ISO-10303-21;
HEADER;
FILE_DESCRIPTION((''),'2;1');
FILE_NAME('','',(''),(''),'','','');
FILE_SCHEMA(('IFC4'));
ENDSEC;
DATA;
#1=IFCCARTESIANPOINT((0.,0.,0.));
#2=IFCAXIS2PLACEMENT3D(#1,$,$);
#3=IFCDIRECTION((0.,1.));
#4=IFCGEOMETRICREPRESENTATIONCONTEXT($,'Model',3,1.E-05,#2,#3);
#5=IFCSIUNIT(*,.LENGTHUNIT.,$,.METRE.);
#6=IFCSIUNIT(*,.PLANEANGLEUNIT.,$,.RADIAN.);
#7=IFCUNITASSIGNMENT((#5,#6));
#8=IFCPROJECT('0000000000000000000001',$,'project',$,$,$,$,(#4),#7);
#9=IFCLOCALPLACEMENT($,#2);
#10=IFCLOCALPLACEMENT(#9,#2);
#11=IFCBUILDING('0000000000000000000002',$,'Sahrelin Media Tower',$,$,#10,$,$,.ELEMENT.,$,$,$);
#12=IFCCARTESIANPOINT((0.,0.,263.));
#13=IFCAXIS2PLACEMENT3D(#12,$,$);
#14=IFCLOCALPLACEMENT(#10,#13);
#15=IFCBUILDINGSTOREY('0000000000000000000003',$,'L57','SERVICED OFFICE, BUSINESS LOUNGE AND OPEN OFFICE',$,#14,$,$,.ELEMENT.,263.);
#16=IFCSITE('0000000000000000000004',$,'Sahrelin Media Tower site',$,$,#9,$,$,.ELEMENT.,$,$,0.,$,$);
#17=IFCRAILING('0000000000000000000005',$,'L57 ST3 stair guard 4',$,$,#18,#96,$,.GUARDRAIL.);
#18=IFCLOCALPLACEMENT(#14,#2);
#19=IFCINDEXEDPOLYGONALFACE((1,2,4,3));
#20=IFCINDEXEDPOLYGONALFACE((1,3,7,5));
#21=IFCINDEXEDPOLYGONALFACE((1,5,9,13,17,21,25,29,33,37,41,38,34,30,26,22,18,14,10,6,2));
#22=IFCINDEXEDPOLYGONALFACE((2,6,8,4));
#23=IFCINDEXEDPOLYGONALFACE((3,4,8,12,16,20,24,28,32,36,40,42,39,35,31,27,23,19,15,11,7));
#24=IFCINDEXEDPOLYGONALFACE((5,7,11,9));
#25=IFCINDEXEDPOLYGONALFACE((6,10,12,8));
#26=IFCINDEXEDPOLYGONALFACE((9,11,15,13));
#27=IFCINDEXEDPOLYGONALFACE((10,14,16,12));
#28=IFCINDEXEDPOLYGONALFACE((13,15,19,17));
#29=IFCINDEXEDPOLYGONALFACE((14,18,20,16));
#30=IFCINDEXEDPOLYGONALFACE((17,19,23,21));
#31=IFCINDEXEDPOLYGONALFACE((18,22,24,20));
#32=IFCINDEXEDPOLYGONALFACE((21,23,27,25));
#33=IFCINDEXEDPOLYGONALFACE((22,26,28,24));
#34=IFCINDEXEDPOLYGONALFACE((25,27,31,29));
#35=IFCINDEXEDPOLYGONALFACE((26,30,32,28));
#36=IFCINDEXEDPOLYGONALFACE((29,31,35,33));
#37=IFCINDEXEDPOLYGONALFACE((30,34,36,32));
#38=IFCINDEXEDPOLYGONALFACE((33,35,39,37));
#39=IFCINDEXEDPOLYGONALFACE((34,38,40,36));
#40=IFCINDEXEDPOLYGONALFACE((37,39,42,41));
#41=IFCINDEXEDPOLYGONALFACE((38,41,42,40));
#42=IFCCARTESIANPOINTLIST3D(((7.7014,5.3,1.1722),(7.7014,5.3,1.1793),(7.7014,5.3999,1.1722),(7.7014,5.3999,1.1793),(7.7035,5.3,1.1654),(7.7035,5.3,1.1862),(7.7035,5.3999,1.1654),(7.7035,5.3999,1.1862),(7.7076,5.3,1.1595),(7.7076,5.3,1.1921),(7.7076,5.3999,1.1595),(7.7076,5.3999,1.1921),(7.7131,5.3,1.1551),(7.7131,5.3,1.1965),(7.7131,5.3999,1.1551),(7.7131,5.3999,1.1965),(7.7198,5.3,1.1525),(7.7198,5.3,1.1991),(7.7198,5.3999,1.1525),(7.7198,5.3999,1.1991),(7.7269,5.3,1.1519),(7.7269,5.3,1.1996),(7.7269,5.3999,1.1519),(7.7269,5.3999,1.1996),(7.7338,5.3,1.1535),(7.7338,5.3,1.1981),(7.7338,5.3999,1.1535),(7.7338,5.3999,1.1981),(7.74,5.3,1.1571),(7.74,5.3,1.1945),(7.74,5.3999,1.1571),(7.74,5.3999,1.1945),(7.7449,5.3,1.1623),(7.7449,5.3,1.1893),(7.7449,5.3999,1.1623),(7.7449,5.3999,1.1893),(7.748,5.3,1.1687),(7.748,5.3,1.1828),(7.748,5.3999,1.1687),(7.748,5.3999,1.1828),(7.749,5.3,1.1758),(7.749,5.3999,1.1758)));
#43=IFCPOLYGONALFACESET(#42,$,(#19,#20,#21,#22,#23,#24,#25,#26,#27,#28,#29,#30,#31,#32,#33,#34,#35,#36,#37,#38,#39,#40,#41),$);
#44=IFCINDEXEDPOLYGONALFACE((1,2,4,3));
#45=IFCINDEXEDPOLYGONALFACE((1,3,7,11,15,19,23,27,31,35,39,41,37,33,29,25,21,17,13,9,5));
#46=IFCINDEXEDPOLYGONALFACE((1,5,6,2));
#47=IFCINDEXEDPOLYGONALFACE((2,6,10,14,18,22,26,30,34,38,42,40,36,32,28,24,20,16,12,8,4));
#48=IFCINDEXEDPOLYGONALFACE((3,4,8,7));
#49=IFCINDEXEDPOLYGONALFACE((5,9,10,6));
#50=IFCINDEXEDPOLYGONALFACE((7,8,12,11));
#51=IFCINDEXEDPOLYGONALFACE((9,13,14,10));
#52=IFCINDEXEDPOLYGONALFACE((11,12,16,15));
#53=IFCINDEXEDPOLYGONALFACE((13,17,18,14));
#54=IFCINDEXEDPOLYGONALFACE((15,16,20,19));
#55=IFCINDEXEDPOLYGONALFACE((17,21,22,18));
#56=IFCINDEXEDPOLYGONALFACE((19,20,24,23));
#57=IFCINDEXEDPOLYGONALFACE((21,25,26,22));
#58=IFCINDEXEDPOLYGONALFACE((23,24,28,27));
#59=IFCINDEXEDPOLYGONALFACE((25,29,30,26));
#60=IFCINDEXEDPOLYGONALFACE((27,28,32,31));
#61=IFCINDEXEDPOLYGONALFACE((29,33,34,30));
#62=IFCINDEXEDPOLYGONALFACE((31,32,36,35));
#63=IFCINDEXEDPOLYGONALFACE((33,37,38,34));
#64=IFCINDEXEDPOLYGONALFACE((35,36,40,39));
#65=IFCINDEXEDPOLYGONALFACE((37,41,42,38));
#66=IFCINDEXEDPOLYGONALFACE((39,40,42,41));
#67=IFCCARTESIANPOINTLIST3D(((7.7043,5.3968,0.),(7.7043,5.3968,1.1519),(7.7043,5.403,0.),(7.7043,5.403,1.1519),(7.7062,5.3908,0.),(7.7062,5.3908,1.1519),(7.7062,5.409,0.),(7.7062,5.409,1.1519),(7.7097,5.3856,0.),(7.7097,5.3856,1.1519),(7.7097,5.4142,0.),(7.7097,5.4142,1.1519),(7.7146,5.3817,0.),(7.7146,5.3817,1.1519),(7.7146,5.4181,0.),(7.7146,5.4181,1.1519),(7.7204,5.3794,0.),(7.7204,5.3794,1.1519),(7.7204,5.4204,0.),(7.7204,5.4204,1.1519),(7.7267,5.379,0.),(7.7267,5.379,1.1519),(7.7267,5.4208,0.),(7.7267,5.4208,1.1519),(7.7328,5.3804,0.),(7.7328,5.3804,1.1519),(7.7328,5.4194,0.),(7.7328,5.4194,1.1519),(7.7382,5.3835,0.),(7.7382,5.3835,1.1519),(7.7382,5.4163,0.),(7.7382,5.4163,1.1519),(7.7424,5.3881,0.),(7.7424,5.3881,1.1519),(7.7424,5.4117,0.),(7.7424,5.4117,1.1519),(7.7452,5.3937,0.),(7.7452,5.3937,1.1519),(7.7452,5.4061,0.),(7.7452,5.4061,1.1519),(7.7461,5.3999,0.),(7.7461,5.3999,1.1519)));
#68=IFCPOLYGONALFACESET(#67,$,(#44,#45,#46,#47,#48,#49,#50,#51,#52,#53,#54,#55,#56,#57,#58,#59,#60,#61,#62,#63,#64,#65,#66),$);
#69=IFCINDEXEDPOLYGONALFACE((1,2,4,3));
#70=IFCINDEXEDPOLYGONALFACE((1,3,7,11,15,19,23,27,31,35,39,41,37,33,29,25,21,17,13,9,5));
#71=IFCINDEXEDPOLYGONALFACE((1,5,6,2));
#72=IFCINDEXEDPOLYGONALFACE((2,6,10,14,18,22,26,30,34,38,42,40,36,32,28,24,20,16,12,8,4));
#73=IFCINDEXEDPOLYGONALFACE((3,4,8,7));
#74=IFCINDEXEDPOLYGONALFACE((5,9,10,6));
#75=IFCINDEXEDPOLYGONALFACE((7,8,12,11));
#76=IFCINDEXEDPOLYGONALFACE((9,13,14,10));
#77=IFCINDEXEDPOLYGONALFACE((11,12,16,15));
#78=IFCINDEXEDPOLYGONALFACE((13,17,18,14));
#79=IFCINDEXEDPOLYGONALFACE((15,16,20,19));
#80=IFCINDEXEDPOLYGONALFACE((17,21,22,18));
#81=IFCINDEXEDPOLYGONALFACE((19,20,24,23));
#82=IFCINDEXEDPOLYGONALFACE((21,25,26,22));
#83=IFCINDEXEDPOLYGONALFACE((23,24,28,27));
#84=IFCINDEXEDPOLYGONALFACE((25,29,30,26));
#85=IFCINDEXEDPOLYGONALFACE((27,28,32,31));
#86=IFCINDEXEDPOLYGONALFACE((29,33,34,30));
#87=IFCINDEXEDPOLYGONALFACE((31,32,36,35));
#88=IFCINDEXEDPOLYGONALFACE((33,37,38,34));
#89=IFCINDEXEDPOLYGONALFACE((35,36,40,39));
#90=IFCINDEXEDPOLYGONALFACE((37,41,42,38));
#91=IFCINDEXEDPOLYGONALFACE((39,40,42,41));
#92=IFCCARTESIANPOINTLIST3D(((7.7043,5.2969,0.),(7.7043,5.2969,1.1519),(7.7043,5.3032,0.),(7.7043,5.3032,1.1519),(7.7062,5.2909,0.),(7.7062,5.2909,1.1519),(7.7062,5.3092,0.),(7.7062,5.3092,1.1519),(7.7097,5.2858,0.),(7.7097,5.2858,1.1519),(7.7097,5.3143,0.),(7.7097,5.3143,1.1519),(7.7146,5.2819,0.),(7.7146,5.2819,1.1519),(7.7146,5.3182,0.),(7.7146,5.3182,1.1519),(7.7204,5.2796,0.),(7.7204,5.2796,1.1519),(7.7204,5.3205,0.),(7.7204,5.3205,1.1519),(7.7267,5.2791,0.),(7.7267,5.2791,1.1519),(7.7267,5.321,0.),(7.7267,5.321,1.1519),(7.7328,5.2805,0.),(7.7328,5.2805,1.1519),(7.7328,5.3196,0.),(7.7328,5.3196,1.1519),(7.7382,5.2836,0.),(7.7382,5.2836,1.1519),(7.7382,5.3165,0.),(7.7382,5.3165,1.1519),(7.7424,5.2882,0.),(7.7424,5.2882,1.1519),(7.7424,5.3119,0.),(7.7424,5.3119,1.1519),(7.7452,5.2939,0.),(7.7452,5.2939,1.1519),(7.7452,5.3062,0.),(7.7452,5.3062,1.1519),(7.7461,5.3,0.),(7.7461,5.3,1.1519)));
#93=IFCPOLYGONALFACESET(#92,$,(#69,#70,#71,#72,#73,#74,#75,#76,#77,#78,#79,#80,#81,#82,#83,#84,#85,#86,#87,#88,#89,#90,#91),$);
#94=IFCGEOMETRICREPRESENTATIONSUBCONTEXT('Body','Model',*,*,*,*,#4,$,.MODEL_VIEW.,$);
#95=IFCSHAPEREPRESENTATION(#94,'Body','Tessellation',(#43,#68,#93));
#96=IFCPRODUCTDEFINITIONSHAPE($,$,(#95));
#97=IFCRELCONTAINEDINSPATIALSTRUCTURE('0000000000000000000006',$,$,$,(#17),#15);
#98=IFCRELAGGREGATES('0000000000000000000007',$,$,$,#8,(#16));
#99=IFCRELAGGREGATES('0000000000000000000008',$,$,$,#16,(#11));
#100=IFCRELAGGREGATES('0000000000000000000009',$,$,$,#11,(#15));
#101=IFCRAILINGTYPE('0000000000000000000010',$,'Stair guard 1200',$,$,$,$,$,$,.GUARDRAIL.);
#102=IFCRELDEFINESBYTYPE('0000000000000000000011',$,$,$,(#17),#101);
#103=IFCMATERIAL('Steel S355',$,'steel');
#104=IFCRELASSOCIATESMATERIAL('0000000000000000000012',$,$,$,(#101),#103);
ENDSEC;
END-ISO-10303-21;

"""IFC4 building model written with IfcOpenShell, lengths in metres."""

from ifc_helpers import new_model, si_unit, direction, frame, origin, origin_2d, place, context, subcontext, project, spatial, circle, extrude, material, type_object, element, save


model = new_model("IFC4")

# Units and contexts
model_context = context("Model", 3, precision=1e-05, world=origin(), true_north=direction((0.0, 1.0)))
body_context = subcontext(model_context, "Body", "Model", "MODEL_VIEW")
ifc_project = project(units=[si_unit("LENGTHUNIT", "METRE"), si_unit("PLANEANGLEUNIT", "RADIAN")], contexts=[model_context])

# Site, building, storey
site_placement = place(None, origin())
site = spatial("IfcSite", under=ifc_project, at=site_placement, Name="Sahrelin Media Tower site", CompositionType="ELEMENT", RefElevation=0.0)
building_placement = place(site_placement, origin())
building = spatial("IfcBuilding", under=site, at=building_placement, Name="Sahrelin Media Tower", CompositionType="ELEMENT")
storey_placement = place(building_placement, frame((0.0, 0.0, 263.0)))
storey = spatial("IfcBuildingStorey", under=building, at=storey_placement, Name="L57", Description="SERVICED OFFICE, BUSINESS LOUNGE AND OPEN OFFICE", CompositionType="ELEMENT", Elevation=263.0)

# Shared definitions
ifc_material_1 = material(Name="Steel S355", Category="steel")

# Railing
railing_type_1 = type_object("IfcRailingType", Name="Stair guard 1200", PredefinedType="GUARDRAIL", material=ifc_material_1)
railing_1_placement = place(storey_placement, frame((7.7251, 5.3999, 0.0)))
element("IfcRailing", 1, at=railing_1_placement, inside=storey, type_object=railing_type_1, Name="L57 ST3 stair guard 4", PredefinedType="GUARDRAIL", context=body_context, shape_type="SweptSolid", body=[
    extrude(circle(Radius=0.0239, at=origin_2d()), frame((0.0, 0.0, 1.1758), z_axis=(0.0, -1.0, 0.0), x_axis=(1.0, 0.0, 0.0)), (0.0, 0.0, 1.0), 0.0999),
    extrude(circle(Radius=0.021, at=origin_2d()), origin(), (0.0, 0.0, 1.0), 1.1519),
    extrude(circle(Radius=0.021, at=origin_2d()), frame((0.0, -0.0999, 0.0)), (0.0, 0.0, 1.0), 1.1519),
])

save(model, "model.ifc")
